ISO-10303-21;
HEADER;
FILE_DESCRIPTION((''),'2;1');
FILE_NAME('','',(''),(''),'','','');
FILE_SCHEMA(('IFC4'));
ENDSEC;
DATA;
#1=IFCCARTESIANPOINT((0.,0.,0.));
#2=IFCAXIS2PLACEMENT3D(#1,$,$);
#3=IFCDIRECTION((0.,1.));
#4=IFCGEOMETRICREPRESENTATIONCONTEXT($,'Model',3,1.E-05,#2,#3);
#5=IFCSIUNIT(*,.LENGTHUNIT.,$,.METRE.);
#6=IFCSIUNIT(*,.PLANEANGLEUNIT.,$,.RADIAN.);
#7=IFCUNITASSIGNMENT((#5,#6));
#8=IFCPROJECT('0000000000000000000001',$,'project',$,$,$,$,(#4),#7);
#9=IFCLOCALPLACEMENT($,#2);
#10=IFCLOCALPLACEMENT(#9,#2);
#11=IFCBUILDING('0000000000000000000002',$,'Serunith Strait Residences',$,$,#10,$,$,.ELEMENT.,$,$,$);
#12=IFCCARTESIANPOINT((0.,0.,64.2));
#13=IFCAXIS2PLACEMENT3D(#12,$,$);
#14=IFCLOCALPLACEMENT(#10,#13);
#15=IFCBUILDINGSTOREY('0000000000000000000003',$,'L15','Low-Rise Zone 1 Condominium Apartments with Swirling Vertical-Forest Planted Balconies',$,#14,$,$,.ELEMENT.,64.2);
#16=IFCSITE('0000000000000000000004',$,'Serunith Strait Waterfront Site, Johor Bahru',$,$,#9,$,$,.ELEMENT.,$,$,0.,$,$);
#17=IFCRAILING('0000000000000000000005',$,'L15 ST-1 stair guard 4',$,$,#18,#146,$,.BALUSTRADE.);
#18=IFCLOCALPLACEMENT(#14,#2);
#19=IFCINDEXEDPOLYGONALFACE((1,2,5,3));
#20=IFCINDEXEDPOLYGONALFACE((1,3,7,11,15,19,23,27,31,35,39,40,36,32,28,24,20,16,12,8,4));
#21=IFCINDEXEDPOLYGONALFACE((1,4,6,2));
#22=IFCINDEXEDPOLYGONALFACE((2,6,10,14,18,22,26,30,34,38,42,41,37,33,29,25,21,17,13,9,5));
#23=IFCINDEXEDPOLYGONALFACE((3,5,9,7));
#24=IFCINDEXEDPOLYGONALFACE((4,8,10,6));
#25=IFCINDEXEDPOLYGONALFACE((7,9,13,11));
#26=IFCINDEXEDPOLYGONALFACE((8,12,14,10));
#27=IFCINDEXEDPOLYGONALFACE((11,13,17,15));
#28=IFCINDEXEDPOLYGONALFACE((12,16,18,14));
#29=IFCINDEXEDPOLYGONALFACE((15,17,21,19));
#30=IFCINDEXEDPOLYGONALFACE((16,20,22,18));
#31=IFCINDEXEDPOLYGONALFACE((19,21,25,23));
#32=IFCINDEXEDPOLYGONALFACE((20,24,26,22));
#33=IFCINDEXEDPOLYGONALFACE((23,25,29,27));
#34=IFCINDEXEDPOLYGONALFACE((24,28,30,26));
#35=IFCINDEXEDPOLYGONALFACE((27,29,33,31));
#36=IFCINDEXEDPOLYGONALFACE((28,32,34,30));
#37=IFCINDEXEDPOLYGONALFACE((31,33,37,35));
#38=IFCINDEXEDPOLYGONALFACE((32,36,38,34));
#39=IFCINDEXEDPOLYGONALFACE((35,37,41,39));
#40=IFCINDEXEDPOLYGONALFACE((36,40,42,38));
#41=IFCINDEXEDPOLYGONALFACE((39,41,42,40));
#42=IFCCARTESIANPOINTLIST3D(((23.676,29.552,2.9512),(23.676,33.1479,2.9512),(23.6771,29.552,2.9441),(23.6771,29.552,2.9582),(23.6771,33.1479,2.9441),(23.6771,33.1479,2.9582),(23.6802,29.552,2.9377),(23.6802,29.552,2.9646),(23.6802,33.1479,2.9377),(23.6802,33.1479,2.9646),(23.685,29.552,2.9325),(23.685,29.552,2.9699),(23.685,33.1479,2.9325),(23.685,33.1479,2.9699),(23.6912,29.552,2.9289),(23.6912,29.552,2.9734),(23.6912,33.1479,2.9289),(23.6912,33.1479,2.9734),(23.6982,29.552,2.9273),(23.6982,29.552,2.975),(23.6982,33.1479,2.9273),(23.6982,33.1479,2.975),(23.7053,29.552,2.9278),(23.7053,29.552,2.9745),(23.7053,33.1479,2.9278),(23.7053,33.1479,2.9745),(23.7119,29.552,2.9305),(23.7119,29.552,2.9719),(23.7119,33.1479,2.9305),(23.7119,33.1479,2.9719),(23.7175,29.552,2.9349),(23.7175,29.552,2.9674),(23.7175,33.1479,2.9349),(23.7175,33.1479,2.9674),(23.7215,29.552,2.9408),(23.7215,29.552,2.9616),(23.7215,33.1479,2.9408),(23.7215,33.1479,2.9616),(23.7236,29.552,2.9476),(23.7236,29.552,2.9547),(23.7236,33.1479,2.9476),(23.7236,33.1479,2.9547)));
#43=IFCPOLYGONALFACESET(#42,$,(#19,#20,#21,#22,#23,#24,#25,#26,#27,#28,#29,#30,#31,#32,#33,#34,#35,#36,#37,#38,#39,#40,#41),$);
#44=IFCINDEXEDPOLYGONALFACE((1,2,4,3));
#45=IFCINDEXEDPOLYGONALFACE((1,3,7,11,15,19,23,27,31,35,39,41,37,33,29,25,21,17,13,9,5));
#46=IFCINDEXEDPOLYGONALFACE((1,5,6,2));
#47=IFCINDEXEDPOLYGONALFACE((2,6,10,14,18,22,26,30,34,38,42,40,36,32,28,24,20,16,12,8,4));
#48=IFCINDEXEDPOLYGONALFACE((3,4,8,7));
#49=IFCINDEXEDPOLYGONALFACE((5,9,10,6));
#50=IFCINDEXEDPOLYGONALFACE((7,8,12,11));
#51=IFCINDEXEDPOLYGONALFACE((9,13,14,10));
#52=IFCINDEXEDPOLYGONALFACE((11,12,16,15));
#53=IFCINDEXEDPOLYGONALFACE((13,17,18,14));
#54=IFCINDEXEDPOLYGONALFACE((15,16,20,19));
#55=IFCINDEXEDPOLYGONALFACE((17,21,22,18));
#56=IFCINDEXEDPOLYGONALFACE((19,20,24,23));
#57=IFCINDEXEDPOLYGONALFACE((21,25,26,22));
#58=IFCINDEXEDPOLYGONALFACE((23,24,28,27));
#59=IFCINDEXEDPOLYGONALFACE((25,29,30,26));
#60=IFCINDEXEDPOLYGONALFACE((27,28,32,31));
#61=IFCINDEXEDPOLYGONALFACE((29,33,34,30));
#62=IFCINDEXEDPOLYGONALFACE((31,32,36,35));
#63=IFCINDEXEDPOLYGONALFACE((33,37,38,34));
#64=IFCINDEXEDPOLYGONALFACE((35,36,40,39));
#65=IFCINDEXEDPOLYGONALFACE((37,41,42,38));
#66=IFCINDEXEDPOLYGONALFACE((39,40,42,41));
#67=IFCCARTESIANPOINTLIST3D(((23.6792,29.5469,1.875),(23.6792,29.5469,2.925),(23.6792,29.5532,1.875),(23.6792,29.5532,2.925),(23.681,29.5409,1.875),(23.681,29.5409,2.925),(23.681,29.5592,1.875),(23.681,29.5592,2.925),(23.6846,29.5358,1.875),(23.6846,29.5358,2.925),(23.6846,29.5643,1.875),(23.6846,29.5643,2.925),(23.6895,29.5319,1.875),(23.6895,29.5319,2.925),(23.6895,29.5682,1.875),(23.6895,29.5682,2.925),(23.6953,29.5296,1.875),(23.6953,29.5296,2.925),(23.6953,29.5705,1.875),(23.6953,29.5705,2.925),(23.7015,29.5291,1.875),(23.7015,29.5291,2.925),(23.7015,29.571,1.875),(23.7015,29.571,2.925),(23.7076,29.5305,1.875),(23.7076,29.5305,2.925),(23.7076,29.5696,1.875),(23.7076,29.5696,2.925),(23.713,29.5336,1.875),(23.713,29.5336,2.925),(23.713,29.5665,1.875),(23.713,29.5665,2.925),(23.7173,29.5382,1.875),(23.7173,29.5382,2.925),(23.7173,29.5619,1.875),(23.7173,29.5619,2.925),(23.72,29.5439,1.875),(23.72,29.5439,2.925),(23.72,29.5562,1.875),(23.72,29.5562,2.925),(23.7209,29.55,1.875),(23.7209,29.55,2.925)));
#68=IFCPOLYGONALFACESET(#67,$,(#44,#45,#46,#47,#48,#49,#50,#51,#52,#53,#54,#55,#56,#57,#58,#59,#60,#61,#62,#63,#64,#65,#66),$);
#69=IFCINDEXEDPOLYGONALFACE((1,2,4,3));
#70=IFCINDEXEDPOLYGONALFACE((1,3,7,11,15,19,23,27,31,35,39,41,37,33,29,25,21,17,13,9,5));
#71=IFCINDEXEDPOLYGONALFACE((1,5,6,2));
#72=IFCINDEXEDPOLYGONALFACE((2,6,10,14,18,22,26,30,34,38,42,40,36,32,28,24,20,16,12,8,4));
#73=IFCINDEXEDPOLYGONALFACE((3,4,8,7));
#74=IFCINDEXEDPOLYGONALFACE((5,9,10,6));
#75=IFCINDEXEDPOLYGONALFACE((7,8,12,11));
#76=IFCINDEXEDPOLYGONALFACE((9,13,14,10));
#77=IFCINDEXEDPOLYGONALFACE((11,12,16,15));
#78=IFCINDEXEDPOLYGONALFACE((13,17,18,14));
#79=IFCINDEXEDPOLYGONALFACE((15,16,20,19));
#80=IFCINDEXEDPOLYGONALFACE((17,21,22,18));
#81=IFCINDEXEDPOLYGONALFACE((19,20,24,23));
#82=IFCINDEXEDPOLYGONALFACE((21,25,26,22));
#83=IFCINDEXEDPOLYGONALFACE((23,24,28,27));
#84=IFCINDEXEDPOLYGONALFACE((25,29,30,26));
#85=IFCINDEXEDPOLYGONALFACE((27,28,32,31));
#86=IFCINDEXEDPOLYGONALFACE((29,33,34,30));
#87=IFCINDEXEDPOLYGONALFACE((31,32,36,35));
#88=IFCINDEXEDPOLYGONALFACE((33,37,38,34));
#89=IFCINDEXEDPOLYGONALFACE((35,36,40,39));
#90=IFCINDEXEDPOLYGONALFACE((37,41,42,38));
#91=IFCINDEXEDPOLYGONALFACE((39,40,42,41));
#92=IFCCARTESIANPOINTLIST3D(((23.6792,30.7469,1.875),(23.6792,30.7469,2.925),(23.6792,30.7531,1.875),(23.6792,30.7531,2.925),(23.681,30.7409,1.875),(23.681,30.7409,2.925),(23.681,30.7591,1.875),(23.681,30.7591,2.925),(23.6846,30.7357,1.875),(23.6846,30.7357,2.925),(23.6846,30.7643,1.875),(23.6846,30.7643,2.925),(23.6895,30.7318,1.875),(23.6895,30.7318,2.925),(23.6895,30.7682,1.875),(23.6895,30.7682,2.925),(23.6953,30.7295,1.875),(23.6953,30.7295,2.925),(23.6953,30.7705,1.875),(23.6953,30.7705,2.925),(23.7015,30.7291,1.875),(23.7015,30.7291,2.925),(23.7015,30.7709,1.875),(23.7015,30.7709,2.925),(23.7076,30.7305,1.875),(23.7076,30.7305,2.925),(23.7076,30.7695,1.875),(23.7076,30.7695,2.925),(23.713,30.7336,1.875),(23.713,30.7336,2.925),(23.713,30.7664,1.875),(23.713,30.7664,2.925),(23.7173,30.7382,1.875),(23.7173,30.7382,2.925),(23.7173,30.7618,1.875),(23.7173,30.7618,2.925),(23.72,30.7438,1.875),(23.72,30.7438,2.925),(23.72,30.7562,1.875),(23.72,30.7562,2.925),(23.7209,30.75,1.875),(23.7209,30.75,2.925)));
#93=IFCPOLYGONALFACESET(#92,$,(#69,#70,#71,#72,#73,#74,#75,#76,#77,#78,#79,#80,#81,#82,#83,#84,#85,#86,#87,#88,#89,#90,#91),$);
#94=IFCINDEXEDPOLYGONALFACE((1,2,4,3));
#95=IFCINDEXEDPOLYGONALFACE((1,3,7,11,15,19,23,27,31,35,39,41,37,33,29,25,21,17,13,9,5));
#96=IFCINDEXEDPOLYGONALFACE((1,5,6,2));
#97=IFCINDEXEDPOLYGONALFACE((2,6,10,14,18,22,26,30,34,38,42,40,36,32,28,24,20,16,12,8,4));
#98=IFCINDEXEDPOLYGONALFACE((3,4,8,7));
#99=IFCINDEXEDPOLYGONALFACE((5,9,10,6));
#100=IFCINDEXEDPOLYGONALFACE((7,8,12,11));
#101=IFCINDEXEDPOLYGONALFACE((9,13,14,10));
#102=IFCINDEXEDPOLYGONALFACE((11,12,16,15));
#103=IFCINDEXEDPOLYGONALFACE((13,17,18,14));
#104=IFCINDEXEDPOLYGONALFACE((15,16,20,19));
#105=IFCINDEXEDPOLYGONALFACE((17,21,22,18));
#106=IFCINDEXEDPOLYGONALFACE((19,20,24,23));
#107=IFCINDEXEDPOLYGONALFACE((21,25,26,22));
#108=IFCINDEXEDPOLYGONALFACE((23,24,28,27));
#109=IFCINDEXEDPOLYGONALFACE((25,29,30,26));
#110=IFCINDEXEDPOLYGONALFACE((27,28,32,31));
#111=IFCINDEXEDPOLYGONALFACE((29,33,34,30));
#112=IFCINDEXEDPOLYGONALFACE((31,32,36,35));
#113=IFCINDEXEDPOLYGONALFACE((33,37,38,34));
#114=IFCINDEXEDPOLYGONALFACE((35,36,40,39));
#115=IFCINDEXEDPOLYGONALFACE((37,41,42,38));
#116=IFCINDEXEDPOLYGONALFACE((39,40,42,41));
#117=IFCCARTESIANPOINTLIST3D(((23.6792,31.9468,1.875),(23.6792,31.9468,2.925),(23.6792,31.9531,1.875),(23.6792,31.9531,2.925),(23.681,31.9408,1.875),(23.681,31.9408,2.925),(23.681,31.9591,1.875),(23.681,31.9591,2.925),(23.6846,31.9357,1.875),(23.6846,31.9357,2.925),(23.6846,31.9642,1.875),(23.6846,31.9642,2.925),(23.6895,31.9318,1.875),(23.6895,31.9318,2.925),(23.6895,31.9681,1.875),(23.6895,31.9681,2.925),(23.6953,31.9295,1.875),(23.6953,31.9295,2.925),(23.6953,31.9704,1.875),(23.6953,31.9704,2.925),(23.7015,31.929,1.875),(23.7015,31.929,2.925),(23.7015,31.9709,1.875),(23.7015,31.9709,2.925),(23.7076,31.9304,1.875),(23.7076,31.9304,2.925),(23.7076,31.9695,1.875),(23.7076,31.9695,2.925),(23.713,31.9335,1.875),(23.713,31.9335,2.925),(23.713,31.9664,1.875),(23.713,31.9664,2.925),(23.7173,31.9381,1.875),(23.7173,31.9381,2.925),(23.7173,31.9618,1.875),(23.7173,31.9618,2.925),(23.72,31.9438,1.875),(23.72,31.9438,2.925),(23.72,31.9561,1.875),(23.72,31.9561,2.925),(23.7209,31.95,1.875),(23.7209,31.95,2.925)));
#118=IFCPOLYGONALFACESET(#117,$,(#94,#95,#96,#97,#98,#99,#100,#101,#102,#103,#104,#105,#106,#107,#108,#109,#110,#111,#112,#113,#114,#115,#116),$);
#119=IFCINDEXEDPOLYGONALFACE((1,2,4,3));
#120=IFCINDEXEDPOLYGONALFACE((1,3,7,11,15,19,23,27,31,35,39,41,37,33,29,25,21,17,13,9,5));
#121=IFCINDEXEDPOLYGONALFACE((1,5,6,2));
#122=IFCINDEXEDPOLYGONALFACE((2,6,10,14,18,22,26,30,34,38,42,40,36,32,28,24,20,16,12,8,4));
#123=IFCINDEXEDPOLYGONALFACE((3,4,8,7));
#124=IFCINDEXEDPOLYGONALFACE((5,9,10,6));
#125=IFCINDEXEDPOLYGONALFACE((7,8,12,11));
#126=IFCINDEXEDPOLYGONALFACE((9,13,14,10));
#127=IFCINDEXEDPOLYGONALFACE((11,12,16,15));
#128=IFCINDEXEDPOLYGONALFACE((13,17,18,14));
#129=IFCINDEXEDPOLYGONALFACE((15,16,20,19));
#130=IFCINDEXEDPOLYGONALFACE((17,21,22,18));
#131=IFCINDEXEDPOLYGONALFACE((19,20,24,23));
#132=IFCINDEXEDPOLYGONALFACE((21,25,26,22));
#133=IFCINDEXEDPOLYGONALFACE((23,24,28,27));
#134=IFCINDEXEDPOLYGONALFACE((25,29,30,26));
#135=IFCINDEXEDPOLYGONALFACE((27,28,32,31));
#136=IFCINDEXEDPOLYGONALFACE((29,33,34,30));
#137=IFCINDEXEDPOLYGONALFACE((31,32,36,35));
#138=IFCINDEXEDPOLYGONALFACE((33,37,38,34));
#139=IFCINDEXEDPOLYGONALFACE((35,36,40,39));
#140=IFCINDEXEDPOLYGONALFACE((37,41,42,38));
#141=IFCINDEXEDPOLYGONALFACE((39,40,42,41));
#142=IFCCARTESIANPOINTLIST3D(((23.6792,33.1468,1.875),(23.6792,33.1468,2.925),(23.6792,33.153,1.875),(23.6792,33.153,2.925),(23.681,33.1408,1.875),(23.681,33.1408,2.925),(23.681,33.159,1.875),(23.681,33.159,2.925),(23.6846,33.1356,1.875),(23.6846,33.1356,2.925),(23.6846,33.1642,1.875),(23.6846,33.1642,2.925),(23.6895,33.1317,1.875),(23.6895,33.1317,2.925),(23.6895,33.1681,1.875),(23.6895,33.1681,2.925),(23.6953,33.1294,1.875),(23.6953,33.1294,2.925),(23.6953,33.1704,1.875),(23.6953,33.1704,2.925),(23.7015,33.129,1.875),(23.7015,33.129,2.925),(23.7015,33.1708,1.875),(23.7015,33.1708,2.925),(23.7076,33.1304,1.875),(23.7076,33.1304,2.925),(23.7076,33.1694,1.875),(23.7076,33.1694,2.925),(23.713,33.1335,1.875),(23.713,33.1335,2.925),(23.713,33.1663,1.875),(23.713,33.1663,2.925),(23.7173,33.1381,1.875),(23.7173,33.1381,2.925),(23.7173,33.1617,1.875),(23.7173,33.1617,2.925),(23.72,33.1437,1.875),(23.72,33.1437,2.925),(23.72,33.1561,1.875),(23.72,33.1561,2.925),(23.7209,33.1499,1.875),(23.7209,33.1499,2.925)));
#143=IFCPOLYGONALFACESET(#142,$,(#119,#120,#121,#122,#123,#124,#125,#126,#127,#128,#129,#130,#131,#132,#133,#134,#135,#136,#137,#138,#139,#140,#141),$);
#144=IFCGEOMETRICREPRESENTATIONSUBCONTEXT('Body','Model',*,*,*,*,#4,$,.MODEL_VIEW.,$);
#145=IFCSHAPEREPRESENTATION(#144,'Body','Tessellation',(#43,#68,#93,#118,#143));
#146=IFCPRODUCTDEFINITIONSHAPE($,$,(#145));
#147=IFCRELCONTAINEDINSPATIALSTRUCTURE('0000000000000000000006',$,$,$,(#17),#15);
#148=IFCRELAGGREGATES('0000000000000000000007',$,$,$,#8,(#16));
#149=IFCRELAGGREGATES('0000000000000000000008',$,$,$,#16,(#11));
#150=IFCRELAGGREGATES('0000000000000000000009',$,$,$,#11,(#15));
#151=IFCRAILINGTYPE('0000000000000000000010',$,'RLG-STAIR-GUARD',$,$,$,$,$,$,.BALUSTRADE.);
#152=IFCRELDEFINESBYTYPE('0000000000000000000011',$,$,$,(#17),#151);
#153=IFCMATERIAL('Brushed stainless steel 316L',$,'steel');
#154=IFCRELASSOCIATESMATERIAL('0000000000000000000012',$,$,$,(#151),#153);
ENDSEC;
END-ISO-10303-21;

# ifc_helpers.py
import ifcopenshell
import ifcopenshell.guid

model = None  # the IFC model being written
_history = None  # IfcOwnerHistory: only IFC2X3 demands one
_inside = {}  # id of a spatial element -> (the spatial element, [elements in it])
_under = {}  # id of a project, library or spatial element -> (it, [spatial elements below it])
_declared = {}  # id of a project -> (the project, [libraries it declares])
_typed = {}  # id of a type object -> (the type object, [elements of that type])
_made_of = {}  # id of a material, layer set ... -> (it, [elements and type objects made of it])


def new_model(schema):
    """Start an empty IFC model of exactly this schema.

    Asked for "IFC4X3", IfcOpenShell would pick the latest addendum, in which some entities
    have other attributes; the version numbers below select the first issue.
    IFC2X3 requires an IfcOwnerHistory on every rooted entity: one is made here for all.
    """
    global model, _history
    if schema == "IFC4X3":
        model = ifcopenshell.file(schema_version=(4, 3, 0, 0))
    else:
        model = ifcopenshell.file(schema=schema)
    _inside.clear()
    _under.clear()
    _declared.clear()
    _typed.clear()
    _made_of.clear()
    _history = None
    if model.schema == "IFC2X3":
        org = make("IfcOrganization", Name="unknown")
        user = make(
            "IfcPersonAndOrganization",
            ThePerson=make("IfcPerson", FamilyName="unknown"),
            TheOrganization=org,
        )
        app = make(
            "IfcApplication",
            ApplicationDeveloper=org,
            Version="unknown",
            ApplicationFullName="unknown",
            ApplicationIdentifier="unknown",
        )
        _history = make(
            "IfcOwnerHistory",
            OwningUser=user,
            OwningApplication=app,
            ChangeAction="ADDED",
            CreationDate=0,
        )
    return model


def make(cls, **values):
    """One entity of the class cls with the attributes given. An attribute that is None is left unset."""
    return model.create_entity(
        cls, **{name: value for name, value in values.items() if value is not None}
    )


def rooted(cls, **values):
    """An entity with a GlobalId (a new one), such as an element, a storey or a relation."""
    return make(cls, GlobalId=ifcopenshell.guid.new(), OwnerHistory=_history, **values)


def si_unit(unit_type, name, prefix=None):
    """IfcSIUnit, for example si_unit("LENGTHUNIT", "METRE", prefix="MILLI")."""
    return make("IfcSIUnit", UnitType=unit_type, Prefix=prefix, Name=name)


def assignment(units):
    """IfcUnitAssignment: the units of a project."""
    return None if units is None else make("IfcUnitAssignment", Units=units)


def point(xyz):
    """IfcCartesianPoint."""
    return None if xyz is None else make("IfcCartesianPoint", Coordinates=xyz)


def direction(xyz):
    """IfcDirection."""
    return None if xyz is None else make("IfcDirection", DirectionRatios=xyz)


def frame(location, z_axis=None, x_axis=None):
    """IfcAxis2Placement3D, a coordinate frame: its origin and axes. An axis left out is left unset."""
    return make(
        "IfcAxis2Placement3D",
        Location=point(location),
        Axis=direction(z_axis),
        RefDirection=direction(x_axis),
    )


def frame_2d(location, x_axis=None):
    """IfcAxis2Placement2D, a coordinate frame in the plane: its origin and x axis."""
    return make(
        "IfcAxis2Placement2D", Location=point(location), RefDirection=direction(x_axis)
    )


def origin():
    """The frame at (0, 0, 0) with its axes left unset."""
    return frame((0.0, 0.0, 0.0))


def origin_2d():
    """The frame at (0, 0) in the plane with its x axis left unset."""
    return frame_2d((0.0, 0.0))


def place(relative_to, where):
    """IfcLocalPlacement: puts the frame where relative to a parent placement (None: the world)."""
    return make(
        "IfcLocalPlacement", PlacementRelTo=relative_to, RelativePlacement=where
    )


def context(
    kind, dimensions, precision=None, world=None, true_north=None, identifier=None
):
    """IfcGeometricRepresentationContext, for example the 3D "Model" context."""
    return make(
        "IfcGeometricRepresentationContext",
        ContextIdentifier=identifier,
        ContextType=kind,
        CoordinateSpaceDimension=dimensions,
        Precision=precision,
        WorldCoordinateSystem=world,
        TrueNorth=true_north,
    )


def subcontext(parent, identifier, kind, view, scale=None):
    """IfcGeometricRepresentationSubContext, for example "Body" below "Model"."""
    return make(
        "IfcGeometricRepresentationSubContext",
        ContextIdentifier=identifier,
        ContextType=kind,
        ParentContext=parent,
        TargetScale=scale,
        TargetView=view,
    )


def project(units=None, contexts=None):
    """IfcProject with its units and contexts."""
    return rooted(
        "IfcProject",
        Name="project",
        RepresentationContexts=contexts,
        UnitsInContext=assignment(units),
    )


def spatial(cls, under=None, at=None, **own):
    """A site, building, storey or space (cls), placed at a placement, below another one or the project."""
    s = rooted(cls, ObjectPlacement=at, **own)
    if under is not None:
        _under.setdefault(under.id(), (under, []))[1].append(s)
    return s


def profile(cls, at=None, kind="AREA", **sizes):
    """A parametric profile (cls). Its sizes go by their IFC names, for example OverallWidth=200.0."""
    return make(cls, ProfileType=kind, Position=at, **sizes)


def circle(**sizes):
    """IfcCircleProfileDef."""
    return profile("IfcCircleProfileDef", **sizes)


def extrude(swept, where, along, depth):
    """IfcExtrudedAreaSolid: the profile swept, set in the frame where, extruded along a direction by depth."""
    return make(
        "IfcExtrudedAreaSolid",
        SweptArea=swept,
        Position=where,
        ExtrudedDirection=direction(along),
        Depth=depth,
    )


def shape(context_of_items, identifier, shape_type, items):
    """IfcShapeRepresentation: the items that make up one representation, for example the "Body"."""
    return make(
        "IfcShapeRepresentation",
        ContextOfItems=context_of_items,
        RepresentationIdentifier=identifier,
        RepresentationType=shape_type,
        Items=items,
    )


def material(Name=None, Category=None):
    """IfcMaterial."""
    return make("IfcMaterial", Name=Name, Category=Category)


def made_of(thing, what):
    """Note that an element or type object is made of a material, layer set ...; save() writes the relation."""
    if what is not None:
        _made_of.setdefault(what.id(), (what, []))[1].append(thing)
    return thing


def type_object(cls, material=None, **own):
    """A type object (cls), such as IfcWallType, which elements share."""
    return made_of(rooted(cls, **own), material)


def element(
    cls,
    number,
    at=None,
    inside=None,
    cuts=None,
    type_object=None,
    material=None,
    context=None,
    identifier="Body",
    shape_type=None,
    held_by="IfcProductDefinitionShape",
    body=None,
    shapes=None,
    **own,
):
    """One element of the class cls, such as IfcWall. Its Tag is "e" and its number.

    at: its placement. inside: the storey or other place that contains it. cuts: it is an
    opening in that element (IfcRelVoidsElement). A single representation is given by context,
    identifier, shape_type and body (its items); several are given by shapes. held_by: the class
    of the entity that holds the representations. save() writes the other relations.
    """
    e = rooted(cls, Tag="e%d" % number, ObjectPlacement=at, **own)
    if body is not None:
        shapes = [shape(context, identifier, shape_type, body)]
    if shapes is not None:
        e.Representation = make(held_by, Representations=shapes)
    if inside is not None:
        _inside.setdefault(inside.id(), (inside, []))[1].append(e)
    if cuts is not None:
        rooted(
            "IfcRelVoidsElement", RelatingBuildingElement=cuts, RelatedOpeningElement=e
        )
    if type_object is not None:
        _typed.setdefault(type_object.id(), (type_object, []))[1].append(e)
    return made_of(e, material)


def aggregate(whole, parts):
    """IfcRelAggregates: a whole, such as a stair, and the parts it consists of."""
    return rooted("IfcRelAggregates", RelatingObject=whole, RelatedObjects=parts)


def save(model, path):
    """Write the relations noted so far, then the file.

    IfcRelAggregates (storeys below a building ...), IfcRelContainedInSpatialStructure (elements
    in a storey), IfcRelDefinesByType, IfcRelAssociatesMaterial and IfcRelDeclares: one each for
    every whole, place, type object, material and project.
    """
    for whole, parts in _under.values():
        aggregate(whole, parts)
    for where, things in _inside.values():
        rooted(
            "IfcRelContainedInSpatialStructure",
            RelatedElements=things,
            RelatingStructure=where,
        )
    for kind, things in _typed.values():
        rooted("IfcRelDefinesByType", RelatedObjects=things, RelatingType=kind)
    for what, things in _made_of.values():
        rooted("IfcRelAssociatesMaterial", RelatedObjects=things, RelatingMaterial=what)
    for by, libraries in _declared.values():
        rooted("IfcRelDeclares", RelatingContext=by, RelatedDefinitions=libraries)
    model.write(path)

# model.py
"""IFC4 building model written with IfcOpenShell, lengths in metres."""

from ifc_helpers import new_model, si_unit, direction, frame, origin, origin_2d, place, context, subcontext, project, spatial, circle, extrude, material, type_object, element, save


model = new_model("IFC4")

# Units and contexts
model_context = context("Model", 3, precision=1e-05, world=origin(), true_north=direction((0.0, 1.0)))
body_context = subcontext(model_context, "Body", "Model", "MODEL_VIEW")
ifc_project = project(units=[si_unit("LENGTHUNIT", "METRE"), si_unit("PLANEANGLEUNIT", "RADIAN")], contexts=[model_context])

# Site, building, storey
site_placement = place(None, origin())
site = spatial("IfcSite", under=ifc_project, at=site_placement, Name="Serunith Strait Waterfront Site, Johor Bahru", CompositionType="ELEMENT", RefElevation=0.0)
building_placement = place(site_placement, origin())
building = spatial("IfcBuilding", under=site, at=building_placement, Name="Serunith Strait Residences", CompositionType="ELEMENT")
storey_placement = place(building_placement, frame((0.0, 0.0, 64.2)))
storey = spatial("IfcBuildingStorey", under=building, at=storey_placement, Name="L15", Description="Low-Rise Zone 1 Condominium Apartments with Swirling Vertical-Forest Planted Balconies", CompositionType="ELEMENT", Elevation=64.2)

# Railing
ifc_material_1 = material(Name="Brushed stainless steel 316L", Category="steel")
railing_type_1 = type_object("IfcRailingType", Name="RLG-STAIR-GUARD", PredefinedType="BALUSTRADE", material=ifc_material_1)
for number, where, name in (
    (1, (23.7, 29.55, 1.875), "L15 ST-1 stair guard 4"),
):
    element("IfcRailing", number, at=place(storey_placement, frame(where)), inside=storey, type_object=railing_type_1, Name=name, PredefinedType="BALUSTRADE", context=body_context, shape_type="SweptSolid", body=[
        extrude(circle(Radius=0.0239, at=origin_2d()), frame((0.0, 0.002, 1.0762), z_axis=(0.0, 1.0, 0.0), x_axis=(-1.0, 0.0, 0.0)), (0.0, 0.0, 1.0), 3.5959),
        extrude(circle(Radius=0.021, at=origin_2d()), origin(), (0.0, 0.0, 1.0), 1.05),
        extrude(circle(Radius=0.021, at=origin_2d()), frame((0.0, 1.2, 0.0)), (0.0, 0.0, 1.0), 1.05),
        extrude(circle(Radius=0.021, at=origin_2d()), frame((0.0, 2.3999, 0.0)), (0.0, 0.0, 1.0), 1.05),
        extrude(circle(Radius=0.021, at=origin_2d()), frame((0.0, 3.5999, 0.0)), (0.0, 0.0, 1.0), 1.05),
    ])

save(model, "model.ifc")
